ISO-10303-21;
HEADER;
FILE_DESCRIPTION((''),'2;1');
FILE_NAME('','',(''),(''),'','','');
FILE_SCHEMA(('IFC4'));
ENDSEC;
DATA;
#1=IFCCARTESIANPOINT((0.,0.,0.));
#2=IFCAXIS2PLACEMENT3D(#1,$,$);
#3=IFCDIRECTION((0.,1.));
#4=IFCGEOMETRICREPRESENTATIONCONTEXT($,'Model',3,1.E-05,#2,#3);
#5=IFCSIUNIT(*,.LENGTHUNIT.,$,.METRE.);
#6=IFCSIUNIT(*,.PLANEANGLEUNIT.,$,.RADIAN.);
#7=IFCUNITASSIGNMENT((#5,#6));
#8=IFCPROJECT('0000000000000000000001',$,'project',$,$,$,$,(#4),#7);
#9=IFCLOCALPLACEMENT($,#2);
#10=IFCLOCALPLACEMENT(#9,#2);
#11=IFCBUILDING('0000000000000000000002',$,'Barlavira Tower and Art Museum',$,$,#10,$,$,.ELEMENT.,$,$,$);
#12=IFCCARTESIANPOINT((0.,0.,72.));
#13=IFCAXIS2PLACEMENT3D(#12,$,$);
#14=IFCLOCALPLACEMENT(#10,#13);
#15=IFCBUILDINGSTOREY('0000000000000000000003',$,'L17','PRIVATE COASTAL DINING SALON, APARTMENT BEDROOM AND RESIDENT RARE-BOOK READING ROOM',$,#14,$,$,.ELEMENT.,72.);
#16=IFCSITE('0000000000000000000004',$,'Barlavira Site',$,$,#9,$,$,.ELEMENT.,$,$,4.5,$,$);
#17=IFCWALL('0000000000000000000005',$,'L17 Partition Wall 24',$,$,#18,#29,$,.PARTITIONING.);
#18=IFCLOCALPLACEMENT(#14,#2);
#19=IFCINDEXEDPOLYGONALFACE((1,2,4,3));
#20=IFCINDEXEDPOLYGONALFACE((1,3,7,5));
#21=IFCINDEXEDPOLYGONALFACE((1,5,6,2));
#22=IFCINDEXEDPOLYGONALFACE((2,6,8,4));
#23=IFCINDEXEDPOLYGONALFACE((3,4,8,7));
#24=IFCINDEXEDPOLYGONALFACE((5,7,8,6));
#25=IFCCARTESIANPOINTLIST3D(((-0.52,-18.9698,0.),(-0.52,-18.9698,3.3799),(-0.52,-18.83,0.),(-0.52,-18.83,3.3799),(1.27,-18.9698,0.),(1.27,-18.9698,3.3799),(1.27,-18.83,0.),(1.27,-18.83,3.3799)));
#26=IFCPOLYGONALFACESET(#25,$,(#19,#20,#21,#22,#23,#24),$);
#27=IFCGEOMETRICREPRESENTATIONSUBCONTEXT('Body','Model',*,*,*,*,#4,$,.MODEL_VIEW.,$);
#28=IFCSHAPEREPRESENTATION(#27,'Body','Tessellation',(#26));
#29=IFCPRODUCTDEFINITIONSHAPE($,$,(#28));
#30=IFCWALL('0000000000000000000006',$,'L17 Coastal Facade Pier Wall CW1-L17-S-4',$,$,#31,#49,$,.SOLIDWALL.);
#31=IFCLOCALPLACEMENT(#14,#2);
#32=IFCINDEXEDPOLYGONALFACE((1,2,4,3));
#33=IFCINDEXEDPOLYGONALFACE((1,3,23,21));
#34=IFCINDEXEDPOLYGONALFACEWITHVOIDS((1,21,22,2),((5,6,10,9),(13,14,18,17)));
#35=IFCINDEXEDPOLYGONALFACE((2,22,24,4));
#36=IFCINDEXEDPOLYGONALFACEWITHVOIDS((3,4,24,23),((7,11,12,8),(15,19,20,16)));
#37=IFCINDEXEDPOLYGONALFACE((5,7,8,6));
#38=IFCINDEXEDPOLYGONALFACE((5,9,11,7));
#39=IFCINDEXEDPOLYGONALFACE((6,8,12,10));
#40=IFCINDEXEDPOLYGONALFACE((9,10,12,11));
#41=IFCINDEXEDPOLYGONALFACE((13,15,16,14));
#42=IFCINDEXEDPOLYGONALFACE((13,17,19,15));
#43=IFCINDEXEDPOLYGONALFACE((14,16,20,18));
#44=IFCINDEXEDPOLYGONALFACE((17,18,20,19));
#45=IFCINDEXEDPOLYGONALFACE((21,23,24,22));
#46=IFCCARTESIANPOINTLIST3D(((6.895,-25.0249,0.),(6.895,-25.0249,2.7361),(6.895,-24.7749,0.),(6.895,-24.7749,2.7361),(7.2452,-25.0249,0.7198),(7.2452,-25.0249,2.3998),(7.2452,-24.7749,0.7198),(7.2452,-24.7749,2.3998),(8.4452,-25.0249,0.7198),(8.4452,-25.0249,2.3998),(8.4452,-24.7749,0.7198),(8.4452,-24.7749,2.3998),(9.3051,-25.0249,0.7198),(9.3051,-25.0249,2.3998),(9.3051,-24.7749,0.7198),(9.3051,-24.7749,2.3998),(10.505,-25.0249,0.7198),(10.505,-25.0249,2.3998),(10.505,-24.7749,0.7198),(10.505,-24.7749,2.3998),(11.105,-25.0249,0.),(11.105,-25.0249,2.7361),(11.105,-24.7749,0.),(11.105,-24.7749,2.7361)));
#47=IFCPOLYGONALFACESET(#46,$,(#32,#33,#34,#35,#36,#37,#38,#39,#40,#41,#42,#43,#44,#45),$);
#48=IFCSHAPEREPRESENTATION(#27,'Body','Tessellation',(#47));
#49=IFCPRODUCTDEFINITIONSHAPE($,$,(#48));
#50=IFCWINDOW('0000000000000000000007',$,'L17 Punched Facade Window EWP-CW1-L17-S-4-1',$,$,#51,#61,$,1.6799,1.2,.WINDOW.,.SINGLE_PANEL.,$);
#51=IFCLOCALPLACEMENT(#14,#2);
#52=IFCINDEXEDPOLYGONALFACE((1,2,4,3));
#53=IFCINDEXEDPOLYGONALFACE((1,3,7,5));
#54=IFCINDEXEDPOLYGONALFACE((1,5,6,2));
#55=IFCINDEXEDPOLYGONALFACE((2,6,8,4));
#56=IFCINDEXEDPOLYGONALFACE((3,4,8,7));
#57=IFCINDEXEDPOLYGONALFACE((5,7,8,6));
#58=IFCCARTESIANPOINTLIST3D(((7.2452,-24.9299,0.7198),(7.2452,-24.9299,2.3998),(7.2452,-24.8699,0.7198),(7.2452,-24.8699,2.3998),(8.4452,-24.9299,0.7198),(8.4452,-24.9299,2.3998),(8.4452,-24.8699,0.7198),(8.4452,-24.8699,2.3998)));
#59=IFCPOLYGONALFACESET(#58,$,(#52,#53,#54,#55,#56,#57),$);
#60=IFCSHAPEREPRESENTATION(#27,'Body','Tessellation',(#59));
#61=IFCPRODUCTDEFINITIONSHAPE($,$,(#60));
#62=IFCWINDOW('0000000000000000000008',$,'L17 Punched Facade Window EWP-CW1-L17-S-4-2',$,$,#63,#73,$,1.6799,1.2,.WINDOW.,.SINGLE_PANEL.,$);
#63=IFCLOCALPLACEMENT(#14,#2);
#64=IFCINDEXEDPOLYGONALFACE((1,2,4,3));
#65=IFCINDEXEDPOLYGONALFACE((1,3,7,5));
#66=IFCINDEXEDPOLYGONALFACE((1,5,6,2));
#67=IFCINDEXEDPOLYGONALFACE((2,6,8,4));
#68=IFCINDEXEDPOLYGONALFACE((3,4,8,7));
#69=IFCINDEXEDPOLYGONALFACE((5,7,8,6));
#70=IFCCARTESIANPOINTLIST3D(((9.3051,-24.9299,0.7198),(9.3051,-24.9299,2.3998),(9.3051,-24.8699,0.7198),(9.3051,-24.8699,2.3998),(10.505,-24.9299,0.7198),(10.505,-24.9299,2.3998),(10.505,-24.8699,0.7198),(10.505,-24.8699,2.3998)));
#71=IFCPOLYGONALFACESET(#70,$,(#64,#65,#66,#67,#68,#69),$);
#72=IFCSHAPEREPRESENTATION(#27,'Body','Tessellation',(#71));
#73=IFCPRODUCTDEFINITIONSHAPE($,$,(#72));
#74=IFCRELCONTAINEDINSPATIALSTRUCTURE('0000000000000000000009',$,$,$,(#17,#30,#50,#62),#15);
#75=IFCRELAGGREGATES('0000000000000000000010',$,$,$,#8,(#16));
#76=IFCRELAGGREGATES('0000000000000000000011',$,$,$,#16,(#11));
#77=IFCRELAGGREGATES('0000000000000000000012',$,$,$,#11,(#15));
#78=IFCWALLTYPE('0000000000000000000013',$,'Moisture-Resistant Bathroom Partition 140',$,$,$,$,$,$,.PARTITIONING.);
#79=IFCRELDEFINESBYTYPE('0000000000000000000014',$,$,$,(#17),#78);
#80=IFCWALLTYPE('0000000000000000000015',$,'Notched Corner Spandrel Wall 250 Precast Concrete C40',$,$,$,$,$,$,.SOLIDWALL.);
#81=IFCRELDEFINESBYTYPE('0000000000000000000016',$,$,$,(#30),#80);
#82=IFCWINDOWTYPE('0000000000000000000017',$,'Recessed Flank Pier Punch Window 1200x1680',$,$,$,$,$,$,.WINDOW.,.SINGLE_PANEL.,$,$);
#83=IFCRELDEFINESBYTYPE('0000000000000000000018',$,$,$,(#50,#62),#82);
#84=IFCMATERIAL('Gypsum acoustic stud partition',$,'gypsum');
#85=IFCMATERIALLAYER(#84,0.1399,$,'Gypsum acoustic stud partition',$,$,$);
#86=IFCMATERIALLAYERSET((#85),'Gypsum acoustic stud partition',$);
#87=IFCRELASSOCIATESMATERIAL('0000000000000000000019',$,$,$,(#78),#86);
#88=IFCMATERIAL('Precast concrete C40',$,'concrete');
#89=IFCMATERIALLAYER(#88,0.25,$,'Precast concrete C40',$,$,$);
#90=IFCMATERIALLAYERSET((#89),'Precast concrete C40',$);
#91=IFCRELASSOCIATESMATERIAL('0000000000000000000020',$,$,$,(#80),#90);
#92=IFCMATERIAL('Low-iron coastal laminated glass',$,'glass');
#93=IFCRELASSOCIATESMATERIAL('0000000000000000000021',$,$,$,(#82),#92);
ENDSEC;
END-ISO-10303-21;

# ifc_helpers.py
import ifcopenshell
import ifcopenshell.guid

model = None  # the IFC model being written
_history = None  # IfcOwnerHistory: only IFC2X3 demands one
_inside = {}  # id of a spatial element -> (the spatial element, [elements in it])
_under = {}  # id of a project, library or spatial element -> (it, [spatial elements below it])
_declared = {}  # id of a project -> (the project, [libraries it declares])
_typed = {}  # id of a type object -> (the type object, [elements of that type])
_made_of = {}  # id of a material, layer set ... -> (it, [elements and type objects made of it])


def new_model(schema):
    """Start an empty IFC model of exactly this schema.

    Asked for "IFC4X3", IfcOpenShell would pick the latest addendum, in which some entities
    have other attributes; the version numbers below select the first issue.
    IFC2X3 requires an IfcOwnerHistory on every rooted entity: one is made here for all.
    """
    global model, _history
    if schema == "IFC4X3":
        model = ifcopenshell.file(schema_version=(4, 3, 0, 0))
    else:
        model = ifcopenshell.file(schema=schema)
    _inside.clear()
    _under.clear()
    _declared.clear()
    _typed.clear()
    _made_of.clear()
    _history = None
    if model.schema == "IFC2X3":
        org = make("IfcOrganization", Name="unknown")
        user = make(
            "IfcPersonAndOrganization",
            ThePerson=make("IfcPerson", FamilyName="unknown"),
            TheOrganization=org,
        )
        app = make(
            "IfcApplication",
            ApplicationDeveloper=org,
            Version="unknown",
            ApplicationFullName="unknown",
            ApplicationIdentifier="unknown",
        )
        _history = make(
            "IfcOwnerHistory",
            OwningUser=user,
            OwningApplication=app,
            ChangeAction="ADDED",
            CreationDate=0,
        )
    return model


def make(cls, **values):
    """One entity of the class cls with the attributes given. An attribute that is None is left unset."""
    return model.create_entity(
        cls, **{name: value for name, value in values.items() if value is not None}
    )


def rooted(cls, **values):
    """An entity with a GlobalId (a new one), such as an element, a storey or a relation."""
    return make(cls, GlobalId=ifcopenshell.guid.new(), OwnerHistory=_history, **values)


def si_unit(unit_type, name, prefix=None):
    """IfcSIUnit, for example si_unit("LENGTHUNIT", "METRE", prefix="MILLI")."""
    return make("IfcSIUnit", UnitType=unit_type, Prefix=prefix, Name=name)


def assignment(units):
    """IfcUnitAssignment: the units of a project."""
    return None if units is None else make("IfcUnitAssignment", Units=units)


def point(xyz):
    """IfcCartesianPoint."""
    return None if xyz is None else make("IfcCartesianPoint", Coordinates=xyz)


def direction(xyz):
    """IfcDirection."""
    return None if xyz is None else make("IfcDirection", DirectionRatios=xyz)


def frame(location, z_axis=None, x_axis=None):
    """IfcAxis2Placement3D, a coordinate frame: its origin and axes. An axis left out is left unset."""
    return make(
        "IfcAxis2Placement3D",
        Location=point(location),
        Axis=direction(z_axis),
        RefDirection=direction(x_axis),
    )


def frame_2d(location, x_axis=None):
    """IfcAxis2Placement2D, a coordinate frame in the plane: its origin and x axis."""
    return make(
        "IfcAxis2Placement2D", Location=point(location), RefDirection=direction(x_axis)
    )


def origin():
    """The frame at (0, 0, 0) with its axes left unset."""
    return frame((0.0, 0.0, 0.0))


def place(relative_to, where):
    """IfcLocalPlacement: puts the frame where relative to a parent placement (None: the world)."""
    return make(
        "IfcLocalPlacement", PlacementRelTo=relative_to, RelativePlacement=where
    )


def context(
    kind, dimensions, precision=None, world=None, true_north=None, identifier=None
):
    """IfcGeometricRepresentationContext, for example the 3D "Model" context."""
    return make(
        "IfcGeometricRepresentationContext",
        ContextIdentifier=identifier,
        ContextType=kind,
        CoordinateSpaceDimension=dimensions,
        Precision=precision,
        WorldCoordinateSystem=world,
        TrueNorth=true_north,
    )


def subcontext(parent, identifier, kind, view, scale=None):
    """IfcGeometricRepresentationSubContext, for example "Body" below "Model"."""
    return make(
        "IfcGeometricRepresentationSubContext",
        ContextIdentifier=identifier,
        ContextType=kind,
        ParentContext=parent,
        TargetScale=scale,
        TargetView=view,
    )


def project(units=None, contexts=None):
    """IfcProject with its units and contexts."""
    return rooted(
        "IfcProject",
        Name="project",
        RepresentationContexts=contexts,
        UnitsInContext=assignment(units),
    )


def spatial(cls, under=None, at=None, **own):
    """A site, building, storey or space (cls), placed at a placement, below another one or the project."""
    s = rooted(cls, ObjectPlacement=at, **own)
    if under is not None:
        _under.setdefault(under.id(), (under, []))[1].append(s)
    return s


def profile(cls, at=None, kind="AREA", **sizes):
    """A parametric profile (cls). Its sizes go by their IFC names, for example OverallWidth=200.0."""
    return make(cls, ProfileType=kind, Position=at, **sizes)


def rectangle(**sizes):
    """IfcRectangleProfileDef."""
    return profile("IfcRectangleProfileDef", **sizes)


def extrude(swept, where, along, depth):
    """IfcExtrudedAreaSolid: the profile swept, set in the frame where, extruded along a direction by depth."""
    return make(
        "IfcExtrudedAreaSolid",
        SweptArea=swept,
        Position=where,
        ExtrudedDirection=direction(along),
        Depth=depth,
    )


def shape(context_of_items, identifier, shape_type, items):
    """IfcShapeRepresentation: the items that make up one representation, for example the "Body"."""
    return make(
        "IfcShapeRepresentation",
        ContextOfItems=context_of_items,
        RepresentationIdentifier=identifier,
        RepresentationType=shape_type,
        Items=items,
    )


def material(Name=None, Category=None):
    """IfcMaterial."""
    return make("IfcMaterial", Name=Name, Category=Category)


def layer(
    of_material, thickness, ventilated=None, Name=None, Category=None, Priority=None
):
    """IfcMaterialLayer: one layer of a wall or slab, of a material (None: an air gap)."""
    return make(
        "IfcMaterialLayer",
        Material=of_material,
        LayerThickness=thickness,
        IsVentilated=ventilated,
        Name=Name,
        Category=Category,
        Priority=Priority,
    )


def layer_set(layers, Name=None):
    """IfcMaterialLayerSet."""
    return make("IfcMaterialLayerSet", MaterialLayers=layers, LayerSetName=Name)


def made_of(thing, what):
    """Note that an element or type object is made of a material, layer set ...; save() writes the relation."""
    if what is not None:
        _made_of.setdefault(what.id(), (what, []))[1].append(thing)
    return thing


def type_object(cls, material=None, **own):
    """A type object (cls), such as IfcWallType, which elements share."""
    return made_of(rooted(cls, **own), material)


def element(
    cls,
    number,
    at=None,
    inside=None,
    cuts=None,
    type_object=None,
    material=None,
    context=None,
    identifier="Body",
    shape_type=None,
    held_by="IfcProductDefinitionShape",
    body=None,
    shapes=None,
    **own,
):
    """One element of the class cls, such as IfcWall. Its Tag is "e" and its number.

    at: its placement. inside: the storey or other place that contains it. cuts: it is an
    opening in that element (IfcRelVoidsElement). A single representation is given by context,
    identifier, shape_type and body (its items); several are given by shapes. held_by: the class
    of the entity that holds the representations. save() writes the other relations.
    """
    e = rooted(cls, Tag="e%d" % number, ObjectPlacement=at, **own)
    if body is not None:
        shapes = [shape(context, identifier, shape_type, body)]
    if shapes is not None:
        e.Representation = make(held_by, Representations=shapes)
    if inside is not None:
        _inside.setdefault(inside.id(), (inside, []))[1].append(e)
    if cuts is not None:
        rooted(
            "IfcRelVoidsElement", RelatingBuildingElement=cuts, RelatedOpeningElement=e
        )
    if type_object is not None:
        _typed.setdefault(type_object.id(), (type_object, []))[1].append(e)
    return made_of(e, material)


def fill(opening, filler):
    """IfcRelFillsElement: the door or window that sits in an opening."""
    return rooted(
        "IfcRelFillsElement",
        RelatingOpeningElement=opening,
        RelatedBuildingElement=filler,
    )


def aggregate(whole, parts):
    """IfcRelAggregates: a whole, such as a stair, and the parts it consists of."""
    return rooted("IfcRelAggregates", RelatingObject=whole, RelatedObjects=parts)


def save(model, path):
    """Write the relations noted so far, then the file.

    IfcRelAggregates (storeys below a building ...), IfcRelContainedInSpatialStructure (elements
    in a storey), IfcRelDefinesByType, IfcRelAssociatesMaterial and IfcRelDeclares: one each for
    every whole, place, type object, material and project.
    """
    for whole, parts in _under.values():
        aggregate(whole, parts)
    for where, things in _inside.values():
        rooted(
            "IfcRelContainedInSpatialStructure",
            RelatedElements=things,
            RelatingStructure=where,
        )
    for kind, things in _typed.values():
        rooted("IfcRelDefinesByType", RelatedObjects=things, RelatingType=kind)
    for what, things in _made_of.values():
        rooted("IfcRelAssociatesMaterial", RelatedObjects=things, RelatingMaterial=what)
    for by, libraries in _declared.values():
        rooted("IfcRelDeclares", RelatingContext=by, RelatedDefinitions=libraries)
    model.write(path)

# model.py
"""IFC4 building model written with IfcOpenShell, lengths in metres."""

from ifc_helpers import new_model, si_unit, direction, frame, frame_2d, origin, place, context, subcontext, project, spatial, rectangle, extrude, material, layer, layer_set, type_object, element, fill, save


model = new_model("IFC4")

# Units and contexts
model_context = context("Model", 3, precision=1e-05, world=origin(), true_north=direction((0.0, 1.0)))
body_context = subcontext(model_context, "Body", "Model", "MODEL_VIEW")
ifc_project = project(units=[si_unit("LENGTHUNIT", "METRE"), si_unit("PLANEANGLEUNIT", "RADIAN")], contexts=[model_context])

# Site, building, storey
site_placement = place(None, origin())
site = spatial("IfcSite", under=ifc_project, at=site_placement, Name="Barlavira Site", CompositionType="ELEMENT", RefElevation=4.5)
building_placement = place(site_placement, origin())
building = spatial("IfcBuilding", under=site, at=building_placement, Name="Barlavira Tower and Art Museum", CompositionType="ELEMENT")
storey_placement = place(building_placement, frame((0.0, 0.0, 72.0)))
storey = spatial("IfcBuildingStorey", under=building, at=storey_placement, Name="L17", Description="PRIVATE COASTAL DINING SALON, APARTMENT BEDROOM AND RESIDENT RARE-BOOK READING ROOM", CompositionType="ELEMENT", Elevation=72.0)

# Shared definitions
ifc_material_1 = material(Name="Low-iron coastal laminated glass", Category="glass")

# Shared definitions
ifc_material_2 = material(Name="Gypsum acoustic stud partition", Category="gypsum")

# Shared definitions
ifc_layer_1 = layer(ifc_material_2, 0.1399, Name="Gypsum acoustic stud partition")
ifc_layer_set_1 = layer_set([ifc_layer_1], Name="Gypsum acoustic stud partition")
wall_type_1 = type_object("IfcWallType", Name="Moisture-Resistant Bathroom Partition 140", PredefinedType="PARTITIONING", material=ifc_layer_set_1)

# Wall
wall_1_placement = place(storey_placement, frame((-0.52, -18.8999, 0.0), z_axis=(0.0, 0.0, 1.0), x_axis=(1.0, 0.0, 0.0)))
element("IfcWall", 1, at=wall_1_placement, inside=storey, type_object=wall_type_1, Name="L17 Partition Wall 24", PredefinedType="PARTITIONING", context=body_context, shape_type="SweptSolid", body=[
    extrude(rectangle(XDim=1.79, YDim=0.1399, at=frame_2d((0.895, 0.0))), origin(), (0.0, 0.0, 1.0), 3.3799),
])

# Wall, openings, windows
ifc_material_3 = material(Name="Precast concrete C40", Category="concrete")
ifc_layer_2 = layer(ifc_material_3, 0.25, Name="Precast concrete C40")
ifc_layer_set_2 = layer_set([ifc_layer_2], Name="Precast concrete C40")
wall_type_2 = type_object("IfcWallType", Name="Notched Corner Spandrel Wall 250 Precast Concrete C40", PredefinedType="SOLIDWALL", material=ifc_layer_set_2)
wall_2_placement = place(storey_placement, frame((6.895, -24.8999, 0.0), z_axis=(0.0, 0.0, 1.0), x_axis=(1.0, 0.0, 0.0)))
wall_2 = element("IfcWall", 2, at=wall_2_placement, inside=storey, type_object=wall_type_2, Name="L17 Coastal Facade Pier Wall CW1-L17-S-4", PredefinedType="SOLIDWALL", context=body_context, shape_type="SweptSolid", body=[
    extrude(rectangle(XDim=4.21, YDim=0.25, at=frame_2d((2.105, 0.0))), origin(), (0.0, 0.0, 1.0), 2.7361),
])
opening_1_placement = place(wall_2_placement, frame((0.3501, 0.0, 0.72)))
opening_1 = element("IfcOpeningElement", 3, at=opening_1_placement, cuts=wall_2, PredefinedType="OPENING", context=body_context, shape_type="SweptSolid", body=[
    extrude(rectangle(XDim=1.2, YDim=1.6799, at=frame_2d((0.6001, 0.8398))), frame((0.0, 0.135, 0.0), z_axis=(0.0, -1.0, 0.0), x_axis=(1.0, 0.0, 0.0)), (0.0, 0.0, 1.0), 0.27),
])
opening_2_placement = place(wall_2_placement, frame((2.4099, 0.0, 0.72)))
opening_2 = element("IfcOpeningElement", 4, at=opening_2_placement, cuts=wall_2, PredefinedType="OPENING", context=body_context, shape_type="SweptSolid", body=[
    extrude(rectangle(XDim=1.2, YDim=1.6799, at=frame_2d((0.6001, 0.8398))), frame((0.0, 0.135, 0.0), z_axis=(0.0, -1.0, 0.0), x_axis=(1.0, 0.0, 0.0)), (0.0, 0.0, 1.0), 0.27),
])
window_type = type_object("IfcWindowType", Name="Recessed Flank Pier Punch Window 1200x1680", PartitioningType="SINGLE_PANEL", PredefinedType="WINDOW", material=ifc_material_1)
window_1_placement = place(opening_1_placement, origin())
window_1 = element("IfcWindow", 5, at=window_1_placement, inside=storey, type_object=window_type, Name="L17 Punched Facade Window EWP-CW1-L17-S-4-1", OverallHeight=1.6799, OverallWidth=1.2, PartitioningType="SINGLE_PANEL", PredefinedType="WINDOW", context=body_context, shape_type="SweptSolid", body=[
    extrude(rectangle(XDim=1.2, YDim=1.6799, at=frame_2d((0.6001, 0.8398))), frame((0.0, 0.03, 0.0), z_axis=(0.0, -1.0, 0.0), x_axis=(1.0, 0.0, 0.0)), (0.0, 0.0, 1.0), 0.0601),
])
fill(opening_1, window_1)
window_2_placement = place(opening_2_placement, origin())
window_2 = element("IfcWindow", 6, at=window_2_placement, inside=storey, type_object=window_type, Name="L17 Punched Facade Window EWP-CW1-L17-S-4-2", OverallHeight=1.6799, OverallWidth=1.2, PartitioningType="SINGLE_PANEL", PredefinedType="WINDOW", context=body_context, shape_type="SweptSolid", body=[
    extrude(rectangle(XDim=1.2, YDim=1.6799, at=frame_2d((0.6001, 0.8398))), frame((0.0, 0.03, 0.0), z_axis=(0.0, -1.0, 0.0), x_axis=(1.0, 0.0, 0.0)), (0.0, 0.0, 1.0), 0.0601),
])
fill(opening_2, window_2)

save(model, "model.ifc")
